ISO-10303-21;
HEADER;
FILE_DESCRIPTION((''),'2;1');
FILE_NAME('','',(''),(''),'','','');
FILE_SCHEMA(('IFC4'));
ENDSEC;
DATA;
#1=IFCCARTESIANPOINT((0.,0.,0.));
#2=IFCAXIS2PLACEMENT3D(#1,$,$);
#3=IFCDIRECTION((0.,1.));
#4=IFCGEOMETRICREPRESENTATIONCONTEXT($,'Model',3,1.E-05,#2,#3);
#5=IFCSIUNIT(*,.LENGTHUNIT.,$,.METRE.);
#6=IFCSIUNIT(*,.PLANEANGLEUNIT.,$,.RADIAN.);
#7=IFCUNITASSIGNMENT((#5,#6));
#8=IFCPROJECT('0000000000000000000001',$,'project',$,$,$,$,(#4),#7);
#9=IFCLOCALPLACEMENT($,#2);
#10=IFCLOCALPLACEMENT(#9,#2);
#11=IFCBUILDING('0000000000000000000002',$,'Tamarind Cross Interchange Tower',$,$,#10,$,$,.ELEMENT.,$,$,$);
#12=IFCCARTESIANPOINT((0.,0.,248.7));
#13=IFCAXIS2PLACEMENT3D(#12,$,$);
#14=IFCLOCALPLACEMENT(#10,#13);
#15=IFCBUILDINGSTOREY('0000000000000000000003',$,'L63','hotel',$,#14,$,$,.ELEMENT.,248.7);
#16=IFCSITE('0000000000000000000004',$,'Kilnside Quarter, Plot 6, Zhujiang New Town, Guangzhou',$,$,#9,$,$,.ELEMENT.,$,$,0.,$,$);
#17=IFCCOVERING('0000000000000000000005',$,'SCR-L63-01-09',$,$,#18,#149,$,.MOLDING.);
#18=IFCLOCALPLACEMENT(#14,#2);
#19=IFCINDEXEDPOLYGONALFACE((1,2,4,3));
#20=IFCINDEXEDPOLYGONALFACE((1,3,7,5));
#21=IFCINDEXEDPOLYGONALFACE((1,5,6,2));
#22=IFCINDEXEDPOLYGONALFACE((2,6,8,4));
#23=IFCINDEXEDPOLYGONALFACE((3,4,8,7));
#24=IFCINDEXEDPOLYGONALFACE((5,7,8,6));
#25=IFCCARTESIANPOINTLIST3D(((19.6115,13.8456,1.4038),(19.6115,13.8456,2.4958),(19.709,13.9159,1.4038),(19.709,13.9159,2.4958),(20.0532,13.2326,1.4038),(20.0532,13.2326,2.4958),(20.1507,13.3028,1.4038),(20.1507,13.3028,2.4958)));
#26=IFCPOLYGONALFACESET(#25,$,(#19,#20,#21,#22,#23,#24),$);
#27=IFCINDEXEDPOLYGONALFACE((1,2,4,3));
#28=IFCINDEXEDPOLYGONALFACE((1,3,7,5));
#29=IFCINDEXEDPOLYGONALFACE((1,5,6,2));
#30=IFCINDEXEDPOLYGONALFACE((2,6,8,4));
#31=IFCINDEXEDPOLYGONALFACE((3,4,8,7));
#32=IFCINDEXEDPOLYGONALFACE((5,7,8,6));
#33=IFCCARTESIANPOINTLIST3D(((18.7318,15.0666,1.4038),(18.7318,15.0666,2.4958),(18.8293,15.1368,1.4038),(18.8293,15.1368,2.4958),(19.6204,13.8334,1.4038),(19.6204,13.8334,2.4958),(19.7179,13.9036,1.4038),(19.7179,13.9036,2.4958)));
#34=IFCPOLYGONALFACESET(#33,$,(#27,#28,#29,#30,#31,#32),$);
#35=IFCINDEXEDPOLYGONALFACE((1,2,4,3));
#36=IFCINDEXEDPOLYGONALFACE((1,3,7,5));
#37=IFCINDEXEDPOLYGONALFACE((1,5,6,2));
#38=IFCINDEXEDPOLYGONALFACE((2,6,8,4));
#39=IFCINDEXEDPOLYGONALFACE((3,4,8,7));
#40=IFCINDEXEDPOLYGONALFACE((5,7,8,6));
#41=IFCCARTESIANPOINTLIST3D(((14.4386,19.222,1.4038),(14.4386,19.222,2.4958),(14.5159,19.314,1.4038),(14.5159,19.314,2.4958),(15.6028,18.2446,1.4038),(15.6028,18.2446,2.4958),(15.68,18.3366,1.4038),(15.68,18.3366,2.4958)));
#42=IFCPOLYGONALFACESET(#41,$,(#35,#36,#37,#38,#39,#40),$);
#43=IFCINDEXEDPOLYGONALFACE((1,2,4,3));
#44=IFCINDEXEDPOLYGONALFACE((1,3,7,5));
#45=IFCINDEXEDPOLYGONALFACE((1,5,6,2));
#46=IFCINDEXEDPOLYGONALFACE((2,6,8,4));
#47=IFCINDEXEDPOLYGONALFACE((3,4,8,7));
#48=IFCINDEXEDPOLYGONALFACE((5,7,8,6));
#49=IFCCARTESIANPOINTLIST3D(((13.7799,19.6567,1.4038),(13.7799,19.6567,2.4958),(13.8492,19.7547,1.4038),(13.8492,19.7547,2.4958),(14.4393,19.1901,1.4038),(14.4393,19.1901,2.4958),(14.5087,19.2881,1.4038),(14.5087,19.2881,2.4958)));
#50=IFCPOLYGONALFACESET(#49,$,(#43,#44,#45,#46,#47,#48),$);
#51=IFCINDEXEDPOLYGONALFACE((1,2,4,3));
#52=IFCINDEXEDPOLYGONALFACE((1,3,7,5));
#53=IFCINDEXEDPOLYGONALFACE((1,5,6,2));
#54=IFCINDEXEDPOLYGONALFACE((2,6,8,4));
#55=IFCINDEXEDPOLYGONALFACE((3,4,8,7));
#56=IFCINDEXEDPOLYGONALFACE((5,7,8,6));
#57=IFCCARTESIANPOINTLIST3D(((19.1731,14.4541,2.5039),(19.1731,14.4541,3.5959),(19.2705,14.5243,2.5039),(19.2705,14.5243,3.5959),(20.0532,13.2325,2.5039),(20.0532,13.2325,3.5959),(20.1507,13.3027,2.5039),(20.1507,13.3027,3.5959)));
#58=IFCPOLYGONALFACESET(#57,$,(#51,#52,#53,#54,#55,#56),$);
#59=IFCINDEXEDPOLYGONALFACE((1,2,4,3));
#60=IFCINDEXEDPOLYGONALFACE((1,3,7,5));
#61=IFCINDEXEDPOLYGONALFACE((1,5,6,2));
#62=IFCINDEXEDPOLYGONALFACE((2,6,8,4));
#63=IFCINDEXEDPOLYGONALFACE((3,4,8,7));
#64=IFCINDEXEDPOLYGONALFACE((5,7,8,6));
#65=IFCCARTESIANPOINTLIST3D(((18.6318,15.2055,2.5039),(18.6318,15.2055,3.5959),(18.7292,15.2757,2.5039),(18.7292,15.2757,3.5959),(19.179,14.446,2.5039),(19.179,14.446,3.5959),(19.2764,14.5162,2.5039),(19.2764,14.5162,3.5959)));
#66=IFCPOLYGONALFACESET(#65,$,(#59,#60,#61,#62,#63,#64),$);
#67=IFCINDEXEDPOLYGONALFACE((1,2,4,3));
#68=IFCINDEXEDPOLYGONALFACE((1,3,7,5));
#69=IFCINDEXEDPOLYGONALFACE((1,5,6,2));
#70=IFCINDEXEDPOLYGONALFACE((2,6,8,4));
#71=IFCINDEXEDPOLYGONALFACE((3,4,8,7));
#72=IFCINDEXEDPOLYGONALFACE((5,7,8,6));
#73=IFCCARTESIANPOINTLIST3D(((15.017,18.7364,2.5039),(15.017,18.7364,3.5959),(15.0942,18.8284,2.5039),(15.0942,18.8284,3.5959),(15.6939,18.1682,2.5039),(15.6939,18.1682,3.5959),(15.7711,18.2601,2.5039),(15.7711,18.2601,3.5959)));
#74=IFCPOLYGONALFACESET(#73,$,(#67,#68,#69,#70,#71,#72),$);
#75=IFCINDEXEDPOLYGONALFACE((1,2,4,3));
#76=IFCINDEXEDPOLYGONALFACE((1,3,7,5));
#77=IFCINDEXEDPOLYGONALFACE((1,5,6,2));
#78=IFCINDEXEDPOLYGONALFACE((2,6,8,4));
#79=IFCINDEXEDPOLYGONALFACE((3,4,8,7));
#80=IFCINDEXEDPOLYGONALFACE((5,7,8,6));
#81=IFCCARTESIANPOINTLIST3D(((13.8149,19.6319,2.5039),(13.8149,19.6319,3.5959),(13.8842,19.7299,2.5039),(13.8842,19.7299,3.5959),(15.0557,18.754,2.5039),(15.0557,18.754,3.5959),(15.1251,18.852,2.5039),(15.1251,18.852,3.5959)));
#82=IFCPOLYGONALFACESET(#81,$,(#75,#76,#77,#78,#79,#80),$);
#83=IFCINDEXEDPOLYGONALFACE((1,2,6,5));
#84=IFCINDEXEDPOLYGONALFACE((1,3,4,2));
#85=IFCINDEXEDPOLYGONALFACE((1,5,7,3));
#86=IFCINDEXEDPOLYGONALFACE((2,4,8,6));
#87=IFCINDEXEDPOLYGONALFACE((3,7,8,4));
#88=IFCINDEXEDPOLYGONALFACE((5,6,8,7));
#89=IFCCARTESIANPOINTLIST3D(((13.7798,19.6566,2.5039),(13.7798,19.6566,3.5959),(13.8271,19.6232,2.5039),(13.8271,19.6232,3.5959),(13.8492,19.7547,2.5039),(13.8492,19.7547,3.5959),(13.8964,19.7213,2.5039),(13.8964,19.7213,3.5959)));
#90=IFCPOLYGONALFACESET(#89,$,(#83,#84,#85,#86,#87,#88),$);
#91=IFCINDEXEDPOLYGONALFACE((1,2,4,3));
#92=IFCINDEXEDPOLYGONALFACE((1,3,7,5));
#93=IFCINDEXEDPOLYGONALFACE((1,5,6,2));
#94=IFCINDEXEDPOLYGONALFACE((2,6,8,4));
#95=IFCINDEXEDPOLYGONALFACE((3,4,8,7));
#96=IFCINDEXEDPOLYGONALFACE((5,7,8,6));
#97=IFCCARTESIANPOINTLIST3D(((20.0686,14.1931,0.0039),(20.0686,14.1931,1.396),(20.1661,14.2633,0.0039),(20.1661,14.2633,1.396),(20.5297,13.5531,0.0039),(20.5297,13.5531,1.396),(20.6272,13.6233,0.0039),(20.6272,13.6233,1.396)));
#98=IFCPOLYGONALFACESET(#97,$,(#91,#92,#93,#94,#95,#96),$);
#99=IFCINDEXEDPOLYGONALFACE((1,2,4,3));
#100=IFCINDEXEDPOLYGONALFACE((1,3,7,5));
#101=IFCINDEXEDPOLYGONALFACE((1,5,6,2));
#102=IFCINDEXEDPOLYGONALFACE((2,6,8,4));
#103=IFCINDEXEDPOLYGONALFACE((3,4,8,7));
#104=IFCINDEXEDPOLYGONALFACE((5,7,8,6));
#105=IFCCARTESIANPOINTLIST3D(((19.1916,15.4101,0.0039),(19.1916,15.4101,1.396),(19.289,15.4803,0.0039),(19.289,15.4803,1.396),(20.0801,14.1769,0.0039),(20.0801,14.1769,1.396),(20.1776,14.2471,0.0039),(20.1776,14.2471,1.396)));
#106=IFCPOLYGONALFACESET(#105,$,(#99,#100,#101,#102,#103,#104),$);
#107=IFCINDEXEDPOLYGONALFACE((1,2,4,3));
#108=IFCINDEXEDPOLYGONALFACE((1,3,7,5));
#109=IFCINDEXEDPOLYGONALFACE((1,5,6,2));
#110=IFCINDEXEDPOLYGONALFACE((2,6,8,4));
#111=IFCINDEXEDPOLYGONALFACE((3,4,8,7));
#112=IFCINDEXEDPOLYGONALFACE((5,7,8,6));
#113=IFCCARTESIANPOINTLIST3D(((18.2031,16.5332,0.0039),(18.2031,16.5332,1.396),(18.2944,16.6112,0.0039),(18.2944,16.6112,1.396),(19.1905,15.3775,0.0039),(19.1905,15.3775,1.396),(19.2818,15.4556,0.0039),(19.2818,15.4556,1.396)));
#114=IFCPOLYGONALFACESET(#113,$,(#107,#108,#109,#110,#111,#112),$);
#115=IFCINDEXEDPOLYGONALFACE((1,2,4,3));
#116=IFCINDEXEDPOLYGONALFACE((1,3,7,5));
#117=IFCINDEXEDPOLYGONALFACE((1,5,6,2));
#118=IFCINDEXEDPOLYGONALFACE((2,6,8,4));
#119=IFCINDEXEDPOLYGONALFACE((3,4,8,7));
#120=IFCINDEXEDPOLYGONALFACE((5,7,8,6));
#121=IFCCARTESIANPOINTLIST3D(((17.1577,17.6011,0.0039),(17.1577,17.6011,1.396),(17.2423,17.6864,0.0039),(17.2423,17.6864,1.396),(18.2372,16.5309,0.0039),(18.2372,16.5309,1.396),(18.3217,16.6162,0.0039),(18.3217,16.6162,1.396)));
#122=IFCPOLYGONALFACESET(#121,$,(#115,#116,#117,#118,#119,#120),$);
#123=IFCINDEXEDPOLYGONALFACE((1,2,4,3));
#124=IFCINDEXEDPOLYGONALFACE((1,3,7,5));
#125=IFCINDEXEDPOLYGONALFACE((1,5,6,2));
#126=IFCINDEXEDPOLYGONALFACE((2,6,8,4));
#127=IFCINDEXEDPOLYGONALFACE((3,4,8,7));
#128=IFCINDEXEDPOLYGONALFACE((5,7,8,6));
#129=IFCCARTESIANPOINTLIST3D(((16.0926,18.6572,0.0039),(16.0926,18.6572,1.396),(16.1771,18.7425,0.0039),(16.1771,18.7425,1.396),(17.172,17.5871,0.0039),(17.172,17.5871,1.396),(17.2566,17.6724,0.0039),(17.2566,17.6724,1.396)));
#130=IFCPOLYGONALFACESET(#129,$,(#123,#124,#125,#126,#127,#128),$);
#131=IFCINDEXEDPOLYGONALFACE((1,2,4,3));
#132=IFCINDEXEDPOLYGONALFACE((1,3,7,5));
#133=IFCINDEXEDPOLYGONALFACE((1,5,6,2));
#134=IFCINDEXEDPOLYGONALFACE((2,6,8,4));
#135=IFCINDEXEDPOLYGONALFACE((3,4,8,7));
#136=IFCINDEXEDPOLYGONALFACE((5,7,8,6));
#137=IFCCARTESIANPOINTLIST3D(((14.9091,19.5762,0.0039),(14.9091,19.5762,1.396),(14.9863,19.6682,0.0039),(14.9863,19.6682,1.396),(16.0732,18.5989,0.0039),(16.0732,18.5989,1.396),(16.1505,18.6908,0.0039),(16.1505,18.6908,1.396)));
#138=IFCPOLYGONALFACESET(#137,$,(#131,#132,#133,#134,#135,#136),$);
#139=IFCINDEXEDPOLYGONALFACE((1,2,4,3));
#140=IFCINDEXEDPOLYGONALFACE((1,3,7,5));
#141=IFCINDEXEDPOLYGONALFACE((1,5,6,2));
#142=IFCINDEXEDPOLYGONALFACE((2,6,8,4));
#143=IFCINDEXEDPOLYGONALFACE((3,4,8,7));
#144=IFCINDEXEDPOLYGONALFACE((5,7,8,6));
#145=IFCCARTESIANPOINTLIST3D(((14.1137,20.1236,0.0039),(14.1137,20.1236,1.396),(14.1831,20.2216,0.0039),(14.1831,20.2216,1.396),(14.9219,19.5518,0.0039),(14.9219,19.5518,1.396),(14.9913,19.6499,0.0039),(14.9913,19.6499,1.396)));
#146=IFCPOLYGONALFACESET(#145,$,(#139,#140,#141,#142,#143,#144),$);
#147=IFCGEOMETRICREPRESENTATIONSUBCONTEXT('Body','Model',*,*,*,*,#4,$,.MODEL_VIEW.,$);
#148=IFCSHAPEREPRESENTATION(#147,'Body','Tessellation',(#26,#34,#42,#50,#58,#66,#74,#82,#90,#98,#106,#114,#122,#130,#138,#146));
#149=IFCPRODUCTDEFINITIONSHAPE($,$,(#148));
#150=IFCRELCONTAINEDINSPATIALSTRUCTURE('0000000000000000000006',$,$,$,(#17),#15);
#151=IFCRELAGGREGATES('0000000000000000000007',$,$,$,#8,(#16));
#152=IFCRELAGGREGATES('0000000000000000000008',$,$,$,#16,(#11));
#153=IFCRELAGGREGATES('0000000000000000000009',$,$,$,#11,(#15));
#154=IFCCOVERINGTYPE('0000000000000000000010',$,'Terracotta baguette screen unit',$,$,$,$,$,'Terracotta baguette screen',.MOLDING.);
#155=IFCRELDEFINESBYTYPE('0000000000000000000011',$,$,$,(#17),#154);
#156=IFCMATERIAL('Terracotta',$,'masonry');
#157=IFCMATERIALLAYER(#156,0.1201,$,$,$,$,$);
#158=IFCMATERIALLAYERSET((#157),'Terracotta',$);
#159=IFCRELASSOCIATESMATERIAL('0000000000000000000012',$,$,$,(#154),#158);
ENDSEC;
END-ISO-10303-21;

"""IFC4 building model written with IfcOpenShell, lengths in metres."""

from ifc_helpers import new_model, si_unit, direction, frame, origin, origin_2d, place, context, subcontext, project, spatial, rectangle, extrude, material, layer, layer_set, type_object, element, save


model = new_model("IFC4")

# Units and contexts
model_context = context("Model", 3, precision=1e-05, world=origin(), true_north=direction((0.0, 1.0)))
body_context = subcontext(model_context, "Body", "Model", "MODEL_VIEW")
ifc_project = project(units=[si_unit("LENGTHUNIT", "METRE"), si_unit("PLANEANGLEUNIT", "RADIAN")], contexts=[model_context])

# Site, building, storey
site_placement = place(None, origin())
site = spatial("IfcSite", under=ifc_project, at=site_placement, Name="Kilnside Quarter, Plot 6, Zhujiang New Town, Guangzhou", CompositionType="ELEMENT", RefElevation=0.0)
building_placement = place(site_placement, origin())
building = spatial("IfcBuilding", under=site, at=building_placement, Name="Tamarind Cross Interchange Tower", CompositionType="ELEMENT")
storey_placement = place(building_placement, frame((0.0, 0.0, 248.7)))
storey = spatial("IfcBuildingStorey", under=building, at=storey_placement, Name="L63", Description="hotel", CompositionType="ELEMENT", Elevation=248.7)

# Covering
ifc_material_1 = material(Name="Terracotta", Category="masonry")
ifc_layer_1 = layer(ifc_material_1, 0.1201)
ifc_layer_set_1 = layer_set([ifc_layer_1], Name="Terracotta")
covering_type = type_object("IfcCoveringType", Name="Terracotta baguette screen unit", ElementType="Terracotta baguette screen", PredefinedType="MOLDING", material=ifc_layer_set_1)
covering_1_placement = place(storey_placement, origin())
element("IfcCovering", 1, at=covering_1_placement, inside=storey, type_object=covering_type, Name="SCR-L63-01-09", PredefinedType="MOLDING", context=body_context, shape_type="SweptSolid", body=[
    extrude(rectangle(XDim=0.7556, YDim=0.1201, at=origin_2d()), frame((19.8811, 13.5742, 1.4038), z_axis=(0.0, 0.0, 1.0), x_axis=(-0.584574, 0.81134, 0.0)), (0.0, 0.0, 1.0), 1.092),
    extrude(rectangle(XDim=1.52, YDim=0.1201, at=origin_2d()), frame((19.2249, 14.4851, 1.4038), z_axis=(0.0, 0.0, 1.0), x_axis=(-0.584574, 0.81134, 0.0)), (0.0, 0.0, 1.0), 1.092),
    extrude(rectangle(XDim=1.52, YDim=0.1201, at=origin_2d()), frame((15.0593, 18.7793, 1.4038), z_axis=(0.0, 0.0, 1.0), x_axis=(-0.765858, 0.643009, 0.0)), (0.0, 0.0, 1.0), 1.092),
    extrude(rectangle(XDim=0.8079, YDim=0.1201, at=origin_2d()), frame((14.1443, 19.4724, 1.4038), z_axis=(0.0, 0.0, 1.0), x_axis=(-0.816342, 0.577569, 0.0)), (0.0, 0.0, 1.0), 1.092),
    extrude(rectangle(XDim=1.5056, YDim=0.1201, at=origin_2d()), frame((19.6619, 13.8784, 2.5039), z_axis=(0.0, 0.0, 1.0), x_axis=(-0.584574, 0.81134, 0.0)), (0.0, 0.0, 1.0), 1.092),
    extrude(rectangle(XDim=0.936, YDim=0.1201, at=origin_2d()), frame((18.9541, 14.8608, 2.5039), z_axis=(0.0, 0.0, 1.0), x_axis=(-0.584574, 0.81134, 0.0)), (0.0, 0.0, 1.0), 1.092),
    extrude(rectangle(XDim=0.8838, YDim=0.1201, at=origin_2d()), frame((15.394, 18.4983, 2.5039), z_axis=(0.0, 0.0, 1.0), x_axis=(-0.765858, 0.643009, 0.0)), (0.0, 0.0, 1.0), 1.092),
    extrude(rectangle(XDim=1.52, YDim=0.1201, at=origin_2d()), frame((14.47, 19.2419, 2.5039), z_axis=(0.0, 0.0, 1.0), x_axis=(-0.816342, 0.577569, 0.0)), (0.0, 0.0, 1.0), 1.092),
    extrude(rectangle(XDim=0.0579, YDim=0.1201, at=origin_2d()), frame((13.8381, 19.689, 2.5039), z_axis=(0.0, 0.0, 1.0), x_axis=(-0.816342, 0.577569, 0.0)), (0.0, 0.0, 1.0), 1.092),
    extrude(rectangle(XDim=0.7888, YDim=0.1201, at=origin_2d()), frame((20.3479, 13.9082, 0.0039), z_axis=(0.0, 0.0, 1.0), x_axis=(-0.584574, 0.81134, 0.0)), (0.0, 0.0, 1.0), 1.3921),
    extrude(rectangle(XDim=1.52, YDim=0.1201, at=origin_2d()), frame((19.6846, 14.8286, 0.0039), z_axis=(0.0, 0.0, 1.0), x_axis=(-0.584574, 0.81134, 0.0)), (0.0, 0.0, 1.0), 1.3921),
    extrude(rectangle(XDim=1.52, YDim=0.1201, at=origin_2d()), frame((18.7424, 15.9944, 0.0039), z_axis=(0.0, 0.0, 1.0), x_axis=(-0.649577, 0.760296, 0.0)), (0.0, 0.0, 1.0), 1.3921),
    extrude(rectangle(XDim=1.52, YDim=0.1201, at=origin_2d()), frame((17.7397, 17.1086, 0.0039), z_axis=(0.0, 0.0, 1.0), x_axis=(-0.710143, 0.704057, 0.0)), (0.0, 0.0, 1.0), 1.3921),
    extrude(rectangle(XDim=1.52, YDim=0.1201, at=origin_2d()), frame((16.6746, 18.1648, 0.0039), z_axis=(0.0, 0.0, 1.0), x_axis=(-0.710143, 0.704057, 0.0)), (0.0, 0.0, 1.0), 1.3921),
    extrude(rectangle(XDim=1.52, YDim=0.1201, at=origin_2d()), frame((15.5298, 19.1335, 0.0039), z_axis=(0.0, 0.0, 1.0), x_axis=(-0.765858, 0.643009, 0.0)), (0.0, 0.0, 1.0), 1.3921),
    extrude(rectangle(XDim=0.99, YDim=0.1201, at=origin_2d()), frame((14.5525, 19.8867, 0.0039), z_axis=(0.0, 0.0, 1.0), x_axis=(-0.816342, 0.577569, 0.0)), (0.0, 0.0, 1.0), 1.3921),
])

save(model, "model.ifc")
